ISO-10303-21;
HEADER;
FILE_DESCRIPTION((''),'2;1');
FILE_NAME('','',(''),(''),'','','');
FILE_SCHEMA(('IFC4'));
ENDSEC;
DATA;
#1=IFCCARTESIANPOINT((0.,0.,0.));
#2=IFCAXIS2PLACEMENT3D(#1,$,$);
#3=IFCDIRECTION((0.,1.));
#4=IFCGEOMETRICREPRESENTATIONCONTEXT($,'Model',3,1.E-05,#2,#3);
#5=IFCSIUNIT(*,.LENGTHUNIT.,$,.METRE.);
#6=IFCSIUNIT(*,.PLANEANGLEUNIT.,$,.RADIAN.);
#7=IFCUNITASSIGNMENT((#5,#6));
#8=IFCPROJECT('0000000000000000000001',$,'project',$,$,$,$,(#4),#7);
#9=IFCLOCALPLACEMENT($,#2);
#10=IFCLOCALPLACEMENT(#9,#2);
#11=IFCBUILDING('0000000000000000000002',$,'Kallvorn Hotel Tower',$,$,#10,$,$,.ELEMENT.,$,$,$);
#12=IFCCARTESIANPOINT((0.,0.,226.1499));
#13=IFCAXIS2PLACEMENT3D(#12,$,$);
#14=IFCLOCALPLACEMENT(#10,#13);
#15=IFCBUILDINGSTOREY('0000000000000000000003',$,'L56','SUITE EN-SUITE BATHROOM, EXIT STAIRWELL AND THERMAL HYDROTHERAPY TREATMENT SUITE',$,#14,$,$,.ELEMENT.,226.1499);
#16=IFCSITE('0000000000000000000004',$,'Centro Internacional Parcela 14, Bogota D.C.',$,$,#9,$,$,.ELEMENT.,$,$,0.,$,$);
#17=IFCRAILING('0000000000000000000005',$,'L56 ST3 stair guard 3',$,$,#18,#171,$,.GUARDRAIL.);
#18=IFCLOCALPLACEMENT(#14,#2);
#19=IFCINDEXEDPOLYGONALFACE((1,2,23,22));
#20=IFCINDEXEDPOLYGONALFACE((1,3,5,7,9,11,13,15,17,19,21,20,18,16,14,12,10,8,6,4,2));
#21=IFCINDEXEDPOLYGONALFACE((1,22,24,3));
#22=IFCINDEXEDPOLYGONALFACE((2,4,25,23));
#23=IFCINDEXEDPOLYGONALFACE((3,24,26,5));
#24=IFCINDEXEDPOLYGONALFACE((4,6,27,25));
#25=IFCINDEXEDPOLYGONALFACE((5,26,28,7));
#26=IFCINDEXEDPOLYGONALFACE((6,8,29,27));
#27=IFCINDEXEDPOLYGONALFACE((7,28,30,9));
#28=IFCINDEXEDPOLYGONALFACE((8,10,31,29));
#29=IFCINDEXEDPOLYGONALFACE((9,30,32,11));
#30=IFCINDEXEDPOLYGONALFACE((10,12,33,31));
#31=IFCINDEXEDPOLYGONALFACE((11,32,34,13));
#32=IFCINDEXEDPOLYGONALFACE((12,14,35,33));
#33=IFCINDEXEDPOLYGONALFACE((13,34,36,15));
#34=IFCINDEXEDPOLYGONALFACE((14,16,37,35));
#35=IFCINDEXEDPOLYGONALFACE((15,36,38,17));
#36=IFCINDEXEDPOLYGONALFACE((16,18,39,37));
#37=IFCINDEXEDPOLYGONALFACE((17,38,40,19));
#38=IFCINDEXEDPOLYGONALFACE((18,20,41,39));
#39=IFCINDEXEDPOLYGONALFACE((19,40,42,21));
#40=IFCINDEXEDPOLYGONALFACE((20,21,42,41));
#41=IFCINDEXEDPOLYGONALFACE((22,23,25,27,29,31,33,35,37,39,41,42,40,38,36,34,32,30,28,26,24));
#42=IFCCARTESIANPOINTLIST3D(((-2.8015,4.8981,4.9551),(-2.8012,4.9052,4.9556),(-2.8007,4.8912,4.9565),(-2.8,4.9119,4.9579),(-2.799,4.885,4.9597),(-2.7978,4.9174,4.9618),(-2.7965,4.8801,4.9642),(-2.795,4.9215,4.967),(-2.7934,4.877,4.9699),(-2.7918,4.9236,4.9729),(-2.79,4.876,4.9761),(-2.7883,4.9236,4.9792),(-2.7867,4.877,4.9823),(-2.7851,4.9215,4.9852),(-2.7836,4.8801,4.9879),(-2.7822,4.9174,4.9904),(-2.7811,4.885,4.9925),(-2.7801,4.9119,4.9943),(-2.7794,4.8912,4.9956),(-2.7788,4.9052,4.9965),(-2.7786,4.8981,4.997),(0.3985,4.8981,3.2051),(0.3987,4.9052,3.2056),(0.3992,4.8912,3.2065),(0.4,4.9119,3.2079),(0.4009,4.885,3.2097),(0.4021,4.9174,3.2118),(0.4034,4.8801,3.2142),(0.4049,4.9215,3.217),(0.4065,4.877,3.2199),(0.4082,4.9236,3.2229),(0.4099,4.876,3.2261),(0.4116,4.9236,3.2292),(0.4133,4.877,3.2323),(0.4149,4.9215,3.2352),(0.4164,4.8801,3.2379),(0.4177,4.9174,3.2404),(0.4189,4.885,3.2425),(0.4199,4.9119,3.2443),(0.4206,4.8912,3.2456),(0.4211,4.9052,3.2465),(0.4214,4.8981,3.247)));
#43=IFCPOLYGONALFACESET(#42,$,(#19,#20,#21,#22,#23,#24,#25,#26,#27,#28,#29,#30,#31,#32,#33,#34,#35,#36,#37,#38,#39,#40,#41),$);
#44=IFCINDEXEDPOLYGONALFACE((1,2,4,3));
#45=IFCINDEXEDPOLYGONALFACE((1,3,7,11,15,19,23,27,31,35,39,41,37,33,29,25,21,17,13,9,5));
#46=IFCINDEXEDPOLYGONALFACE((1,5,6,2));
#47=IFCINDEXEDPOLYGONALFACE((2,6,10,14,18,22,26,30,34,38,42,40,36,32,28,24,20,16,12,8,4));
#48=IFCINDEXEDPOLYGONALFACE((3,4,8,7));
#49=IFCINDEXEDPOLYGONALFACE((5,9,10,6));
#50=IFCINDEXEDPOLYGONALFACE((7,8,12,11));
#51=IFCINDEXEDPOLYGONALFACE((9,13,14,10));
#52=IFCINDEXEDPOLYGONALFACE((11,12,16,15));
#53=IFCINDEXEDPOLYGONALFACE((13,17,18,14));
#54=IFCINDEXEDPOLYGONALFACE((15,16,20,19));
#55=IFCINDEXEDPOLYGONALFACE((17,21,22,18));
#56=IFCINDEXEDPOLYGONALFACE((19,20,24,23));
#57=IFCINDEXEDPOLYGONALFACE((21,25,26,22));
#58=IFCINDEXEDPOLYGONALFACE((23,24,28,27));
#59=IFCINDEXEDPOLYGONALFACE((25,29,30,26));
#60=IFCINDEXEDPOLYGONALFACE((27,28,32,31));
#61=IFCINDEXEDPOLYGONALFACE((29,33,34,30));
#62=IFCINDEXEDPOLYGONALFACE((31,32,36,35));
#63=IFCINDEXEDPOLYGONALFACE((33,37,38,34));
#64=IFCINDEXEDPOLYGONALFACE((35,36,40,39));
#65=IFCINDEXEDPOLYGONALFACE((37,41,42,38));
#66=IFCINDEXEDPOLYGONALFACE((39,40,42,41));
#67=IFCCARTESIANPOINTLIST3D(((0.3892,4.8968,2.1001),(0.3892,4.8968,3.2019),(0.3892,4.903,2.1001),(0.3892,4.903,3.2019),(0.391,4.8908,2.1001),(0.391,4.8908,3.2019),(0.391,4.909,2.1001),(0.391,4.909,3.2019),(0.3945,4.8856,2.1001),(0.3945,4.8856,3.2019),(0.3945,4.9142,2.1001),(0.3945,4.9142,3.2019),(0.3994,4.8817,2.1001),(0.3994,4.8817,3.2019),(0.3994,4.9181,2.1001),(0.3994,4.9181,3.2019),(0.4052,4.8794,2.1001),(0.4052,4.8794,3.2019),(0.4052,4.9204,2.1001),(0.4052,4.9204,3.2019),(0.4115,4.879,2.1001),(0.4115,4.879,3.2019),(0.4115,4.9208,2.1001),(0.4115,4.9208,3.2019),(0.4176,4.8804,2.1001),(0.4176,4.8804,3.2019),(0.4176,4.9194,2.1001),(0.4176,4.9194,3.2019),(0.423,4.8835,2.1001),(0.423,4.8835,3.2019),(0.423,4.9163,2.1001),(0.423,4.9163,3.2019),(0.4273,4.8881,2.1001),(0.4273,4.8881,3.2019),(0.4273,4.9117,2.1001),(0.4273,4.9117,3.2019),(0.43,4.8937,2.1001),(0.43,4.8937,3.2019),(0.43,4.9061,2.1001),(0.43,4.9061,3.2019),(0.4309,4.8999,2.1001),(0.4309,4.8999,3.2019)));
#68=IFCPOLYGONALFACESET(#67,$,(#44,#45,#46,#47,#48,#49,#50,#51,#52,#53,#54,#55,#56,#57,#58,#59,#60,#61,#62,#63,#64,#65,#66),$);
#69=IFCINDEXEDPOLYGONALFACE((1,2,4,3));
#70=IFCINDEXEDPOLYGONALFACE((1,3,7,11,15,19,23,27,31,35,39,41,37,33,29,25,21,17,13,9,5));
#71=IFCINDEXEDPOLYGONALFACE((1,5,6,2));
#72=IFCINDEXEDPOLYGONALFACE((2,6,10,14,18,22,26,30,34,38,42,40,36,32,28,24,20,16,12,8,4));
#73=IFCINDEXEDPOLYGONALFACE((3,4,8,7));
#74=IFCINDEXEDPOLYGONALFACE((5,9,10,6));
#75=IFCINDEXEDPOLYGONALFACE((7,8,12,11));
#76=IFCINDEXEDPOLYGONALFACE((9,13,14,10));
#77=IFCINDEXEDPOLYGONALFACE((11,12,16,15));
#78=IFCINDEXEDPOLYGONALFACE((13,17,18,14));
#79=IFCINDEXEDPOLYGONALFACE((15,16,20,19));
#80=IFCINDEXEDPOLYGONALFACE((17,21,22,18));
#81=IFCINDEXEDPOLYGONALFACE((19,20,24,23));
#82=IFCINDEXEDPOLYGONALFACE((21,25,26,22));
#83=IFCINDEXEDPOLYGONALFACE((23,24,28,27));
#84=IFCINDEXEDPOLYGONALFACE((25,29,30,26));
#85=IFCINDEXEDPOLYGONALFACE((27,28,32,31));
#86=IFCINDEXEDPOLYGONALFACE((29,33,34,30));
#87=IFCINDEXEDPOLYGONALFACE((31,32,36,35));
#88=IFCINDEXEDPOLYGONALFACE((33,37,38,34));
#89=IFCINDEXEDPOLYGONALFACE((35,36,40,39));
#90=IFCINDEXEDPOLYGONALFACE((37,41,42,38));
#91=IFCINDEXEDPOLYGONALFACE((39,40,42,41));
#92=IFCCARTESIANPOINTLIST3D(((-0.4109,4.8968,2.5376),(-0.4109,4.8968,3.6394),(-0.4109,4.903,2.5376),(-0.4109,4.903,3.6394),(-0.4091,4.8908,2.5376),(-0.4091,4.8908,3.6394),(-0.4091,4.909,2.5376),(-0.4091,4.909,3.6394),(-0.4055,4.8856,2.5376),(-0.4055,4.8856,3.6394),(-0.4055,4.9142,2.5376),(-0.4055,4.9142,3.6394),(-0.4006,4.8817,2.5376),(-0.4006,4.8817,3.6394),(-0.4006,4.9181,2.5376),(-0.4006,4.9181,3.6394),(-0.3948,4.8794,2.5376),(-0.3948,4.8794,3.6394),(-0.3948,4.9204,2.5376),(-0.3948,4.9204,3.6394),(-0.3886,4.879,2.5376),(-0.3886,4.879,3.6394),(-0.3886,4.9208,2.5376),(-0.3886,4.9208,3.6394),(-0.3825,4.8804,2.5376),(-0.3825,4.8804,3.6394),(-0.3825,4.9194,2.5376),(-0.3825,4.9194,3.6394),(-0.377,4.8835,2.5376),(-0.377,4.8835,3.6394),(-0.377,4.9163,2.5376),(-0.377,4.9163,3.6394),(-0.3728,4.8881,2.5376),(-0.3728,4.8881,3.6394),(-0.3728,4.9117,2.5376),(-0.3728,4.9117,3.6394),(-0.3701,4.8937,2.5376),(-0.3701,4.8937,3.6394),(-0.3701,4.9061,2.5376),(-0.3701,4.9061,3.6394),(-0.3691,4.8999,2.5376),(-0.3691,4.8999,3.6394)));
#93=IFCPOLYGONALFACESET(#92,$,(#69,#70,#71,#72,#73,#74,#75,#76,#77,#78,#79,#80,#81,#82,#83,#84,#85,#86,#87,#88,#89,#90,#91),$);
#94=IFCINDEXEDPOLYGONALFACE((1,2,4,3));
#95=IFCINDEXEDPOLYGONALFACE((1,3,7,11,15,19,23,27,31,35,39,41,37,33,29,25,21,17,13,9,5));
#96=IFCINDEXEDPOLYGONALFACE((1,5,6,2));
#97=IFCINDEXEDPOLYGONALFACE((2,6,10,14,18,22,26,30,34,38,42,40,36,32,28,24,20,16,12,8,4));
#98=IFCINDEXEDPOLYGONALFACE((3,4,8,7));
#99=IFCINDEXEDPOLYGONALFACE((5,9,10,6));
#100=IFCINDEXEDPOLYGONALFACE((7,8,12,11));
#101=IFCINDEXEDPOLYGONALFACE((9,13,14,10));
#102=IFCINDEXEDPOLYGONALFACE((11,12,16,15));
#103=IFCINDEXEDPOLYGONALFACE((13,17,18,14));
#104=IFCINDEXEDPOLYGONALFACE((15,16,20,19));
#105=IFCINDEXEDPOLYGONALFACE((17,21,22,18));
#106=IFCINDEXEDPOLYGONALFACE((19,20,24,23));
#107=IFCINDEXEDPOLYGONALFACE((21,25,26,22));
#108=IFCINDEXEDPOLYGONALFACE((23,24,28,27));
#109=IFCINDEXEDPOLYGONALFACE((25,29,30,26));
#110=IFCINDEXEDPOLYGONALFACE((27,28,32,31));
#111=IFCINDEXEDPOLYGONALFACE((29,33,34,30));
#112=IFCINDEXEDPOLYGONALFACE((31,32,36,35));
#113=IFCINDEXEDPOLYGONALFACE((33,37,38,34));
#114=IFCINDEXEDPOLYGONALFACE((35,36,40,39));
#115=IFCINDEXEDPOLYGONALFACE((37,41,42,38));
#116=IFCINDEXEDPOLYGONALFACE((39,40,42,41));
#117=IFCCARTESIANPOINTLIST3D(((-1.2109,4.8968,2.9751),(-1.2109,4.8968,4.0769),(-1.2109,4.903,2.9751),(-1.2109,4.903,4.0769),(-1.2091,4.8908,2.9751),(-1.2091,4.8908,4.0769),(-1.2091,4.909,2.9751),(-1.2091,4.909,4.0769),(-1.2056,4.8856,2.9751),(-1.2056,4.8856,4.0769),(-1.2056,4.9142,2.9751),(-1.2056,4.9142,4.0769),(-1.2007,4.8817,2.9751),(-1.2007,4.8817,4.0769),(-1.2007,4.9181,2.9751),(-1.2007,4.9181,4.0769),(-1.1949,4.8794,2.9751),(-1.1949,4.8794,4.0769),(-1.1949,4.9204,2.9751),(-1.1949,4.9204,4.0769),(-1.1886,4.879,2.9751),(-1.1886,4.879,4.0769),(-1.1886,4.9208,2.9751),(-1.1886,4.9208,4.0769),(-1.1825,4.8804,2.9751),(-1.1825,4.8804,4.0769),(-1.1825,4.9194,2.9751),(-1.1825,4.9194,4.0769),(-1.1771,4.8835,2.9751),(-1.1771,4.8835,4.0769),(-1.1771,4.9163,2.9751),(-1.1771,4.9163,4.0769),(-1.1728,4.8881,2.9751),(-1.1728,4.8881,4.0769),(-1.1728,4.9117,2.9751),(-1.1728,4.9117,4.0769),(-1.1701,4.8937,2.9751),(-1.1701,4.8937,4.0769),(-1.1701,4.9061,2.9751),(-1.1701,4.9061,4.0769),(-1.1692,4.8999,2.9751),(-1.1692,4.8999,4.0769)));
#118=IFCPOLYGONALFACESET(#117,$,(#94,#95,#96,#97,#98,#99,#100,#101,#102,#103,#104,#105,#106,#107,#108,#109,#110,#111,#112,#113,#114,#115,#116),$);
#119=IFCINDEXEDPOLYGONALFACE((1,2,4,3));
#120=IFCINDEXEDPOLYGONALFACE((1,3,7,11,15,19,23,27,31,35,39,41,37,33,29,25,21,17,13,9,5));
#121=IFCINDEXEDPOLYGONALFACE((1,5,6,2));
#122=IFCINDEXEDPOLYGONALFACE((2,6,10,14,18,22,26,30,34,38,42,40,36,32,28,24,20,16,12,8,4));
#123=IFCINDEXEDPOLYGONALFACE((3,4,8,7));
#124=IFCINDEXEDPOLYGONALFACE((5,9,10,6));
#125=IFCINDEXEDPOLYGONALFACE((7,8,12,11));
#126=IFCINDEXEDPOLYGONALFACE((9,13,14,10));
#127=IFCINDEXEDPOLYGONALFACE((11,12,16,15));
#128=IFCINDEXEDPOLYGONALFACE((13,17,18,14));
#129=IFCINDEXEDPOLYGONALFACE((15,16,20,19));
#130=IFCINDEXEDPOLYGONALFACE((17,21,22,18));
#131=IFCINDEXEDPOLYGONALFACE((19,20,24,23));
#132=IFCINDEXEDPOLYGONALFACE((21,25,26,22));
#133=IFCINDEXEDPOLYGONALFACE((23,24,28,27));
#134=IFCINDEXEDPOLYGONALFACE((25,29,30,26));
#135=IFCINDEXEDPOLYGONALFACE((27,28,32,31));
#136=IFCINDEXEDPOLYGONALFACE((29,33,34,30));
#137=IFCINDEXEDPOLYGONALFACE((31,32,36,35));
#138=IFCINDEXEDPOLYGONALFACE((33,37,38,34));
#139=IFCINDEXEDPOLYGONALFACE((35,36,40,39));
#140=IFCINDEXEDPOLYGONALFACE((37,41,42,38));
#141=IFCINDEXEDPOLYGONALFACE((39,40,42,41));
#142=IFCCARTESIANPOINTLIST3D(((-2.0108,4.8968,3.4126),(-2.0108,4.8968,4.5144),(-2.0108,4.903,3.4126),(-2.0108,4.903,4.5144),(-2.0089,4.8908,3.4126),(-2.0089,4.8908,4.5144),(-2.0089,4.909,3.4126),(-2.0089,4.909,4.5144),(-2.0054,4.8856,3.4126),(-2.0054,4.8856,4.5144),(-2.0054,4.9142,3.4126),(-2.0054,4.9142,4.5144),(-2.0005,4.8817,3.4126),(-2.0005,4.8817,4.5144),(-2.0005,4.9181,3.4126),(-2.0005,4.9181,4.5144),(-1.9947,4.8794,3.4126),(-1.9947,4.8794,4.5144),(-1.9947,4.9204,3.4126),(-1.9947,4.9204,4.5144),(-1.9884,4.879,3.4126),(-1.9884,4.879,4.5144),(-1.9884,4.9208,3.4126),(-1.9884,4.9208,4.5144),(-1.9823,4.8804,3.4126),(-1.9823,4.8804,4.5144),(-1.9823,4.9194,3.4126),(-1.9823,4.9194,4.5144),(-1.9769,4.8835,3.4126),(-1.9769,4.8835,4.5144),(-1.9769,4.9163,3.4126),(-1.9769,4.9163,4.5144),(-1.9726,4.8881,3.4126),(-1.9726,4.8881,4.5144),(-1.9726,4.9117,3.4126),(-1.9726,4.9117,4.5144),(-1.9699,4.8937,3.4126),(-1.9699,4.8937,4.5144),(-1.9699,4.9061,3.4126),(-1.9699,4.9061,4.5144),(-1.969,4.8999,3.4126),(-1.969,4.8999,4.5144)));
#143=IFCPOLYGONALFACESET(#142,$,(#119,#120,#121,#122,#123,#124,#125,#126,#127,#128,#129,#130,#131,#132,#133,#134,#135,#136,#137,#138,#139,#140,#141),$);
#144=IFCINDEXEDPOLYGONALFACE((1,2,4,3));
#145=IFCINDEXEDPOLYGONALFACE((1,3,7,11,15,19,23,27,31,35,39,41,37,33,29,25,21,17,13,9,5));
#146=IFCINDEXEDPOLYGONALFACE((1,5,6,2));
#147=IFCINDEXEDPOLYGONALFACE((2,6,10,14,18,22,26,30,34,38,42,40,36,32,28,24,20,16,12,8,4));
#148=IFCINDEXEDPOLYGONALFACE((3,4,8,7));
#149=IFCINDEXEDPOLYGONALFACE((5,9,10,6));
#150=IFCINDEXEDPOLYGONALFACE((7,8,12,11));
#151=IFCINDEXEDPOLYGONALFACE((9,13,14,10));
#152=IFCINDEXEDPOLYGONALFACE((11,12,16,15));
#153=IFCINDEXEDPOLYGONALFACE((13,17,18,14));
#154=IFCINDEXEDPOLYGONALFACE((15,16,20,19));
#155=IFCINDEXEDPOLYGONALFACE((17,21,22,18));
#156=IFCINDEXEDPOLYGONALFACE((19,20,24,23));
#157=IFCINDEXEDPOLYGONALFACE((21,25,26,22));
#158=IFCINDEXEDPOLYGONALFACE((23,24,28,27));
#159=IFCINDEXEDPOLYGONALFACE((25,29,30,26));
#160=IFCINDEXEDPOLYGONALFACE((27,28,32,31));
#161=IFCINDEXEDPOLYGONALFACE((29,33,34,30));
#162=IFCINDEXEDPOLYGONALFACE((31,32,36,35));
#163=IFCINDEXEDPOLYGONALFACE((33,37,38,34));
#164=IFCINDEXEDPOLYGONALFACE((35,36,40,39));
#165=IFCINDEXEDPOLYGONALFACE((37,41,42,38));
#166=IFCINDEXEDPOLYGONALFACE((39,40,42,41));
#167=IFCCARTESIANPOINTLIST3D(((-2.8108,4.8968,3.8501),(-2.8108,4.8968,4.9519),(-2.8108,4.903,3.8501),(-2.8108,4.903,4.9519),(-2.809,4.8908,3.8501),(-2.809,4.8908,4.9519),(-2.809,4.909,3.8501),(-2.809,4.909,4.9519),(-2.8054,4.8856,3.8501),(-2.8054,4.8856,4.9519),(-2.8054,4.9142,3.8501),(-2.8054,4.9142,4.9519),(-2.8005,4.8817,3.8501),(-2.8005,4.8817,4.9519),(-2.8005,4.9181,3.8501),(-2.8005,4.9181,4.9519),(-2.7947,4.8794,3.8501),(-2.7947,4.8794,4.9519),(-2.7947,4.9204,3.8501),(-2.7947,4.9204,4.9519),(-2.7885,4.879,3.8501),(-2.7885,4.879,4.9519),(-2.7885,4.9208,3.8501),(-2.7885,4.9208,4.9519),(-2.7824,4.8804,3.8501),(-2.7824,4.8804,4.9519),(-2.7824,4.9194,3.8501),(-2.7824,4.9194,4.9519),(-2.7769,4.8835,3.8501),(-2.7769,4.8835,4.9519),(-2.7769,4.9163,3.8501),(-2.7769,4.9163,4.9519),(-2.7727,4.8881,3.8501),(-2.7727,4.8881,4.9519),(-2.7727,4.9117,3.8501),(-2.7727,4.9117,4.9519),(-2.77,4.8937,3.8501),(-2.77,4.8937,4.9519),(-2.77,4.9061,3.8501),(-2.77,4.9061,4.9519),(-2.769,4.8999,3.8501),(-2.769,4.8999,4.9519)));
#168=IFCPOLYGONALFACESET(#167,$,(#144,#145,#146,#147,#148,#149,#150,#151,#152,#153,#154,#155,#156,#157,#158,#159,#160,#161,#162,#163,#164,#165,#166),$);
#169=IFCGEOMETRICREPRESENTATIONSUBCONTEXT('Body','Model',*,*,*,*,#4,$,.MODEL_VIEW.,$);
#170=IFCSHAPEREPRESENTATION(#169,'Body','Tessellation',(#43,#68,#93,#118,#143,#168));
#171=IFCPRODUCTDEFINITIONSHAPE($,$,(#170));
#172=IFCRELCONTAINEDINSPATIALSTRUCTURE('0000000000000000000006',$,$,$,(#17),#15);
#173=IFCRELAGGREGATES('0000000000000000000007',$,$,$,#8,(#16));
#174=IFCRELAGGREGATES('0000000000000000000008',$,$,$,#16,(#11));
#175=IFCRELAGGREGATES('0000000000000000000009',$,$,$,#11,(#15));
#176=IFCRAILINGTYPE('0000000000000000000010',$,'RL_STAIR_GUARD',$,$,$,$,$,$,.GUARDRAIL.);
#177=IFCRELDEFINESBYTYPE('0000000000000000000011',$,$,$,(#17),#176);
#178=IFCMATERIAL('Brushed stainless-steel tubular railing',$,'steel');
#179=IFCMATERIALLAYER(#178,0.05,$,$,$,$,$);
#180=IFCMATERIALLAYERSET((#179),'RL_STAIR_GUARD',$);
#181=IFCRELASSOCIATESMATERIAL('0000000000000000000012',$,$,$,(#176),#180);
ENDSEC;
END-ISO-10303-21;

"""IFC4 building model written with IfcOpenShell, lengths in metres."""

from ifc_helpers import new_model, si_unit, direction, frame, origin, origin_2d, place, context, subcontext, project, spatial, circle, extrude, material, layer, layer_set, type_object, element, save


model = new_model("IFC4")

# Units and contexts
model_context = context("Model", 3, precision=1e-05, world=origin(), true_north=direction((0.0, 1.0)))
body_context = subcontext(model_context, "Body", "Model", "MODEL_VIEW")
ifc_project = project(units=[si_unit("LENGTHUNIT", "METRE"), si_unit("PLANEANGLEUNIT", "RADIAN")], contexts=[model_context])

# Site, building, storey
site_placement = place(None, origin())
site = spatial("IfcSite", under=ifc_project, at=site_placement, Name="Centro Internacional Parcela 14, Bogota D.C.", CompositionType="ELEMENT", RefElevation=0.0)
building_placement = place(site_placement, origin())
building = spatial("IfcBuilding", under=site, at=building_placement, Name="Kallvorn Hotel Tower", CompositionType="ELEMENT")
storey_placement = place(building_placement, frame((0.0, 0.0, 226.1499)))
storey = spatial("IfcBuildingStorey", under=building, at=storey_placement, Name="L56", Description="SUITE EN-SUITE BATHROOM, EXIT STAIRWELL AND THERMAL HYDROTHERAPY TREATMENT SUITE", CompositionType="ELEMENT", Elevation=226.1499)

# Railing
ifc_material_1 = material(Name="Brushed stainless-steel tubular railing", Category="steel")
ifc_layer_1 = layer(ifc_material_1, 0.05)
ifc_layer_set_1 = layer_set([ifc_layer_1], Name="RL_STAIR_GUARD")
railing_type_1 = type_object("IfcRailingType", Name="RL_STAIR_GUARD", PredefinedType="GUARDRAIL", material=ifc_layer_set_1)
railing_1_placement = place(storey_placement, frame((0.4099, 4.8999, 2.1001)))
element("IfcRailing", 1, at=railing_1_placement, inside=storey, type_object=railing_type_1, Name="L56 ST3 stair guard 3", PredefinedType="GUARDRAIL", context=body_context, shape_type="SweptSolid", body=[
    extrude(circle(Radius=0.0239, at=origin_2d()), frame((0.0, 0.0, 1.126), z_axis=(-0.877368, 0.0, 0.479818), x_axis=(0.0, -1.0, 0.0)), (0.0, 0.0, 1.0), 3.6472),
    extrude(circle(Radius=0.021, at=origin_2d()), origin(), (0.0, 0.0, 1.0), 1.1018),
    extrude(circle(Radius=0.021, at=origin_2d()), frame((-0.8, 0.0, 0.4375)), (0.0, 0.0, 1.0), 1.1018),
    extrude(circle(Radius=0.021, at=origin_2d()), frame((-1.6001, 0.0, 0.875)), (0.0, 0.0, 1.0), 1.1018),
    extrude(circle(Radius=0.021, at=origin_2d()), frame((-2.3999, 0.0, 1.3125)), (0.0, 0.0, 1.0), 1.1018),
    extrude(circle(Radius=0.021, at=origin_2d()), frame((-3.2, 0.0, 1.75)), (0.0, 0.0, 1.0), 1.1018),
])

save(model, "model.ifc")
